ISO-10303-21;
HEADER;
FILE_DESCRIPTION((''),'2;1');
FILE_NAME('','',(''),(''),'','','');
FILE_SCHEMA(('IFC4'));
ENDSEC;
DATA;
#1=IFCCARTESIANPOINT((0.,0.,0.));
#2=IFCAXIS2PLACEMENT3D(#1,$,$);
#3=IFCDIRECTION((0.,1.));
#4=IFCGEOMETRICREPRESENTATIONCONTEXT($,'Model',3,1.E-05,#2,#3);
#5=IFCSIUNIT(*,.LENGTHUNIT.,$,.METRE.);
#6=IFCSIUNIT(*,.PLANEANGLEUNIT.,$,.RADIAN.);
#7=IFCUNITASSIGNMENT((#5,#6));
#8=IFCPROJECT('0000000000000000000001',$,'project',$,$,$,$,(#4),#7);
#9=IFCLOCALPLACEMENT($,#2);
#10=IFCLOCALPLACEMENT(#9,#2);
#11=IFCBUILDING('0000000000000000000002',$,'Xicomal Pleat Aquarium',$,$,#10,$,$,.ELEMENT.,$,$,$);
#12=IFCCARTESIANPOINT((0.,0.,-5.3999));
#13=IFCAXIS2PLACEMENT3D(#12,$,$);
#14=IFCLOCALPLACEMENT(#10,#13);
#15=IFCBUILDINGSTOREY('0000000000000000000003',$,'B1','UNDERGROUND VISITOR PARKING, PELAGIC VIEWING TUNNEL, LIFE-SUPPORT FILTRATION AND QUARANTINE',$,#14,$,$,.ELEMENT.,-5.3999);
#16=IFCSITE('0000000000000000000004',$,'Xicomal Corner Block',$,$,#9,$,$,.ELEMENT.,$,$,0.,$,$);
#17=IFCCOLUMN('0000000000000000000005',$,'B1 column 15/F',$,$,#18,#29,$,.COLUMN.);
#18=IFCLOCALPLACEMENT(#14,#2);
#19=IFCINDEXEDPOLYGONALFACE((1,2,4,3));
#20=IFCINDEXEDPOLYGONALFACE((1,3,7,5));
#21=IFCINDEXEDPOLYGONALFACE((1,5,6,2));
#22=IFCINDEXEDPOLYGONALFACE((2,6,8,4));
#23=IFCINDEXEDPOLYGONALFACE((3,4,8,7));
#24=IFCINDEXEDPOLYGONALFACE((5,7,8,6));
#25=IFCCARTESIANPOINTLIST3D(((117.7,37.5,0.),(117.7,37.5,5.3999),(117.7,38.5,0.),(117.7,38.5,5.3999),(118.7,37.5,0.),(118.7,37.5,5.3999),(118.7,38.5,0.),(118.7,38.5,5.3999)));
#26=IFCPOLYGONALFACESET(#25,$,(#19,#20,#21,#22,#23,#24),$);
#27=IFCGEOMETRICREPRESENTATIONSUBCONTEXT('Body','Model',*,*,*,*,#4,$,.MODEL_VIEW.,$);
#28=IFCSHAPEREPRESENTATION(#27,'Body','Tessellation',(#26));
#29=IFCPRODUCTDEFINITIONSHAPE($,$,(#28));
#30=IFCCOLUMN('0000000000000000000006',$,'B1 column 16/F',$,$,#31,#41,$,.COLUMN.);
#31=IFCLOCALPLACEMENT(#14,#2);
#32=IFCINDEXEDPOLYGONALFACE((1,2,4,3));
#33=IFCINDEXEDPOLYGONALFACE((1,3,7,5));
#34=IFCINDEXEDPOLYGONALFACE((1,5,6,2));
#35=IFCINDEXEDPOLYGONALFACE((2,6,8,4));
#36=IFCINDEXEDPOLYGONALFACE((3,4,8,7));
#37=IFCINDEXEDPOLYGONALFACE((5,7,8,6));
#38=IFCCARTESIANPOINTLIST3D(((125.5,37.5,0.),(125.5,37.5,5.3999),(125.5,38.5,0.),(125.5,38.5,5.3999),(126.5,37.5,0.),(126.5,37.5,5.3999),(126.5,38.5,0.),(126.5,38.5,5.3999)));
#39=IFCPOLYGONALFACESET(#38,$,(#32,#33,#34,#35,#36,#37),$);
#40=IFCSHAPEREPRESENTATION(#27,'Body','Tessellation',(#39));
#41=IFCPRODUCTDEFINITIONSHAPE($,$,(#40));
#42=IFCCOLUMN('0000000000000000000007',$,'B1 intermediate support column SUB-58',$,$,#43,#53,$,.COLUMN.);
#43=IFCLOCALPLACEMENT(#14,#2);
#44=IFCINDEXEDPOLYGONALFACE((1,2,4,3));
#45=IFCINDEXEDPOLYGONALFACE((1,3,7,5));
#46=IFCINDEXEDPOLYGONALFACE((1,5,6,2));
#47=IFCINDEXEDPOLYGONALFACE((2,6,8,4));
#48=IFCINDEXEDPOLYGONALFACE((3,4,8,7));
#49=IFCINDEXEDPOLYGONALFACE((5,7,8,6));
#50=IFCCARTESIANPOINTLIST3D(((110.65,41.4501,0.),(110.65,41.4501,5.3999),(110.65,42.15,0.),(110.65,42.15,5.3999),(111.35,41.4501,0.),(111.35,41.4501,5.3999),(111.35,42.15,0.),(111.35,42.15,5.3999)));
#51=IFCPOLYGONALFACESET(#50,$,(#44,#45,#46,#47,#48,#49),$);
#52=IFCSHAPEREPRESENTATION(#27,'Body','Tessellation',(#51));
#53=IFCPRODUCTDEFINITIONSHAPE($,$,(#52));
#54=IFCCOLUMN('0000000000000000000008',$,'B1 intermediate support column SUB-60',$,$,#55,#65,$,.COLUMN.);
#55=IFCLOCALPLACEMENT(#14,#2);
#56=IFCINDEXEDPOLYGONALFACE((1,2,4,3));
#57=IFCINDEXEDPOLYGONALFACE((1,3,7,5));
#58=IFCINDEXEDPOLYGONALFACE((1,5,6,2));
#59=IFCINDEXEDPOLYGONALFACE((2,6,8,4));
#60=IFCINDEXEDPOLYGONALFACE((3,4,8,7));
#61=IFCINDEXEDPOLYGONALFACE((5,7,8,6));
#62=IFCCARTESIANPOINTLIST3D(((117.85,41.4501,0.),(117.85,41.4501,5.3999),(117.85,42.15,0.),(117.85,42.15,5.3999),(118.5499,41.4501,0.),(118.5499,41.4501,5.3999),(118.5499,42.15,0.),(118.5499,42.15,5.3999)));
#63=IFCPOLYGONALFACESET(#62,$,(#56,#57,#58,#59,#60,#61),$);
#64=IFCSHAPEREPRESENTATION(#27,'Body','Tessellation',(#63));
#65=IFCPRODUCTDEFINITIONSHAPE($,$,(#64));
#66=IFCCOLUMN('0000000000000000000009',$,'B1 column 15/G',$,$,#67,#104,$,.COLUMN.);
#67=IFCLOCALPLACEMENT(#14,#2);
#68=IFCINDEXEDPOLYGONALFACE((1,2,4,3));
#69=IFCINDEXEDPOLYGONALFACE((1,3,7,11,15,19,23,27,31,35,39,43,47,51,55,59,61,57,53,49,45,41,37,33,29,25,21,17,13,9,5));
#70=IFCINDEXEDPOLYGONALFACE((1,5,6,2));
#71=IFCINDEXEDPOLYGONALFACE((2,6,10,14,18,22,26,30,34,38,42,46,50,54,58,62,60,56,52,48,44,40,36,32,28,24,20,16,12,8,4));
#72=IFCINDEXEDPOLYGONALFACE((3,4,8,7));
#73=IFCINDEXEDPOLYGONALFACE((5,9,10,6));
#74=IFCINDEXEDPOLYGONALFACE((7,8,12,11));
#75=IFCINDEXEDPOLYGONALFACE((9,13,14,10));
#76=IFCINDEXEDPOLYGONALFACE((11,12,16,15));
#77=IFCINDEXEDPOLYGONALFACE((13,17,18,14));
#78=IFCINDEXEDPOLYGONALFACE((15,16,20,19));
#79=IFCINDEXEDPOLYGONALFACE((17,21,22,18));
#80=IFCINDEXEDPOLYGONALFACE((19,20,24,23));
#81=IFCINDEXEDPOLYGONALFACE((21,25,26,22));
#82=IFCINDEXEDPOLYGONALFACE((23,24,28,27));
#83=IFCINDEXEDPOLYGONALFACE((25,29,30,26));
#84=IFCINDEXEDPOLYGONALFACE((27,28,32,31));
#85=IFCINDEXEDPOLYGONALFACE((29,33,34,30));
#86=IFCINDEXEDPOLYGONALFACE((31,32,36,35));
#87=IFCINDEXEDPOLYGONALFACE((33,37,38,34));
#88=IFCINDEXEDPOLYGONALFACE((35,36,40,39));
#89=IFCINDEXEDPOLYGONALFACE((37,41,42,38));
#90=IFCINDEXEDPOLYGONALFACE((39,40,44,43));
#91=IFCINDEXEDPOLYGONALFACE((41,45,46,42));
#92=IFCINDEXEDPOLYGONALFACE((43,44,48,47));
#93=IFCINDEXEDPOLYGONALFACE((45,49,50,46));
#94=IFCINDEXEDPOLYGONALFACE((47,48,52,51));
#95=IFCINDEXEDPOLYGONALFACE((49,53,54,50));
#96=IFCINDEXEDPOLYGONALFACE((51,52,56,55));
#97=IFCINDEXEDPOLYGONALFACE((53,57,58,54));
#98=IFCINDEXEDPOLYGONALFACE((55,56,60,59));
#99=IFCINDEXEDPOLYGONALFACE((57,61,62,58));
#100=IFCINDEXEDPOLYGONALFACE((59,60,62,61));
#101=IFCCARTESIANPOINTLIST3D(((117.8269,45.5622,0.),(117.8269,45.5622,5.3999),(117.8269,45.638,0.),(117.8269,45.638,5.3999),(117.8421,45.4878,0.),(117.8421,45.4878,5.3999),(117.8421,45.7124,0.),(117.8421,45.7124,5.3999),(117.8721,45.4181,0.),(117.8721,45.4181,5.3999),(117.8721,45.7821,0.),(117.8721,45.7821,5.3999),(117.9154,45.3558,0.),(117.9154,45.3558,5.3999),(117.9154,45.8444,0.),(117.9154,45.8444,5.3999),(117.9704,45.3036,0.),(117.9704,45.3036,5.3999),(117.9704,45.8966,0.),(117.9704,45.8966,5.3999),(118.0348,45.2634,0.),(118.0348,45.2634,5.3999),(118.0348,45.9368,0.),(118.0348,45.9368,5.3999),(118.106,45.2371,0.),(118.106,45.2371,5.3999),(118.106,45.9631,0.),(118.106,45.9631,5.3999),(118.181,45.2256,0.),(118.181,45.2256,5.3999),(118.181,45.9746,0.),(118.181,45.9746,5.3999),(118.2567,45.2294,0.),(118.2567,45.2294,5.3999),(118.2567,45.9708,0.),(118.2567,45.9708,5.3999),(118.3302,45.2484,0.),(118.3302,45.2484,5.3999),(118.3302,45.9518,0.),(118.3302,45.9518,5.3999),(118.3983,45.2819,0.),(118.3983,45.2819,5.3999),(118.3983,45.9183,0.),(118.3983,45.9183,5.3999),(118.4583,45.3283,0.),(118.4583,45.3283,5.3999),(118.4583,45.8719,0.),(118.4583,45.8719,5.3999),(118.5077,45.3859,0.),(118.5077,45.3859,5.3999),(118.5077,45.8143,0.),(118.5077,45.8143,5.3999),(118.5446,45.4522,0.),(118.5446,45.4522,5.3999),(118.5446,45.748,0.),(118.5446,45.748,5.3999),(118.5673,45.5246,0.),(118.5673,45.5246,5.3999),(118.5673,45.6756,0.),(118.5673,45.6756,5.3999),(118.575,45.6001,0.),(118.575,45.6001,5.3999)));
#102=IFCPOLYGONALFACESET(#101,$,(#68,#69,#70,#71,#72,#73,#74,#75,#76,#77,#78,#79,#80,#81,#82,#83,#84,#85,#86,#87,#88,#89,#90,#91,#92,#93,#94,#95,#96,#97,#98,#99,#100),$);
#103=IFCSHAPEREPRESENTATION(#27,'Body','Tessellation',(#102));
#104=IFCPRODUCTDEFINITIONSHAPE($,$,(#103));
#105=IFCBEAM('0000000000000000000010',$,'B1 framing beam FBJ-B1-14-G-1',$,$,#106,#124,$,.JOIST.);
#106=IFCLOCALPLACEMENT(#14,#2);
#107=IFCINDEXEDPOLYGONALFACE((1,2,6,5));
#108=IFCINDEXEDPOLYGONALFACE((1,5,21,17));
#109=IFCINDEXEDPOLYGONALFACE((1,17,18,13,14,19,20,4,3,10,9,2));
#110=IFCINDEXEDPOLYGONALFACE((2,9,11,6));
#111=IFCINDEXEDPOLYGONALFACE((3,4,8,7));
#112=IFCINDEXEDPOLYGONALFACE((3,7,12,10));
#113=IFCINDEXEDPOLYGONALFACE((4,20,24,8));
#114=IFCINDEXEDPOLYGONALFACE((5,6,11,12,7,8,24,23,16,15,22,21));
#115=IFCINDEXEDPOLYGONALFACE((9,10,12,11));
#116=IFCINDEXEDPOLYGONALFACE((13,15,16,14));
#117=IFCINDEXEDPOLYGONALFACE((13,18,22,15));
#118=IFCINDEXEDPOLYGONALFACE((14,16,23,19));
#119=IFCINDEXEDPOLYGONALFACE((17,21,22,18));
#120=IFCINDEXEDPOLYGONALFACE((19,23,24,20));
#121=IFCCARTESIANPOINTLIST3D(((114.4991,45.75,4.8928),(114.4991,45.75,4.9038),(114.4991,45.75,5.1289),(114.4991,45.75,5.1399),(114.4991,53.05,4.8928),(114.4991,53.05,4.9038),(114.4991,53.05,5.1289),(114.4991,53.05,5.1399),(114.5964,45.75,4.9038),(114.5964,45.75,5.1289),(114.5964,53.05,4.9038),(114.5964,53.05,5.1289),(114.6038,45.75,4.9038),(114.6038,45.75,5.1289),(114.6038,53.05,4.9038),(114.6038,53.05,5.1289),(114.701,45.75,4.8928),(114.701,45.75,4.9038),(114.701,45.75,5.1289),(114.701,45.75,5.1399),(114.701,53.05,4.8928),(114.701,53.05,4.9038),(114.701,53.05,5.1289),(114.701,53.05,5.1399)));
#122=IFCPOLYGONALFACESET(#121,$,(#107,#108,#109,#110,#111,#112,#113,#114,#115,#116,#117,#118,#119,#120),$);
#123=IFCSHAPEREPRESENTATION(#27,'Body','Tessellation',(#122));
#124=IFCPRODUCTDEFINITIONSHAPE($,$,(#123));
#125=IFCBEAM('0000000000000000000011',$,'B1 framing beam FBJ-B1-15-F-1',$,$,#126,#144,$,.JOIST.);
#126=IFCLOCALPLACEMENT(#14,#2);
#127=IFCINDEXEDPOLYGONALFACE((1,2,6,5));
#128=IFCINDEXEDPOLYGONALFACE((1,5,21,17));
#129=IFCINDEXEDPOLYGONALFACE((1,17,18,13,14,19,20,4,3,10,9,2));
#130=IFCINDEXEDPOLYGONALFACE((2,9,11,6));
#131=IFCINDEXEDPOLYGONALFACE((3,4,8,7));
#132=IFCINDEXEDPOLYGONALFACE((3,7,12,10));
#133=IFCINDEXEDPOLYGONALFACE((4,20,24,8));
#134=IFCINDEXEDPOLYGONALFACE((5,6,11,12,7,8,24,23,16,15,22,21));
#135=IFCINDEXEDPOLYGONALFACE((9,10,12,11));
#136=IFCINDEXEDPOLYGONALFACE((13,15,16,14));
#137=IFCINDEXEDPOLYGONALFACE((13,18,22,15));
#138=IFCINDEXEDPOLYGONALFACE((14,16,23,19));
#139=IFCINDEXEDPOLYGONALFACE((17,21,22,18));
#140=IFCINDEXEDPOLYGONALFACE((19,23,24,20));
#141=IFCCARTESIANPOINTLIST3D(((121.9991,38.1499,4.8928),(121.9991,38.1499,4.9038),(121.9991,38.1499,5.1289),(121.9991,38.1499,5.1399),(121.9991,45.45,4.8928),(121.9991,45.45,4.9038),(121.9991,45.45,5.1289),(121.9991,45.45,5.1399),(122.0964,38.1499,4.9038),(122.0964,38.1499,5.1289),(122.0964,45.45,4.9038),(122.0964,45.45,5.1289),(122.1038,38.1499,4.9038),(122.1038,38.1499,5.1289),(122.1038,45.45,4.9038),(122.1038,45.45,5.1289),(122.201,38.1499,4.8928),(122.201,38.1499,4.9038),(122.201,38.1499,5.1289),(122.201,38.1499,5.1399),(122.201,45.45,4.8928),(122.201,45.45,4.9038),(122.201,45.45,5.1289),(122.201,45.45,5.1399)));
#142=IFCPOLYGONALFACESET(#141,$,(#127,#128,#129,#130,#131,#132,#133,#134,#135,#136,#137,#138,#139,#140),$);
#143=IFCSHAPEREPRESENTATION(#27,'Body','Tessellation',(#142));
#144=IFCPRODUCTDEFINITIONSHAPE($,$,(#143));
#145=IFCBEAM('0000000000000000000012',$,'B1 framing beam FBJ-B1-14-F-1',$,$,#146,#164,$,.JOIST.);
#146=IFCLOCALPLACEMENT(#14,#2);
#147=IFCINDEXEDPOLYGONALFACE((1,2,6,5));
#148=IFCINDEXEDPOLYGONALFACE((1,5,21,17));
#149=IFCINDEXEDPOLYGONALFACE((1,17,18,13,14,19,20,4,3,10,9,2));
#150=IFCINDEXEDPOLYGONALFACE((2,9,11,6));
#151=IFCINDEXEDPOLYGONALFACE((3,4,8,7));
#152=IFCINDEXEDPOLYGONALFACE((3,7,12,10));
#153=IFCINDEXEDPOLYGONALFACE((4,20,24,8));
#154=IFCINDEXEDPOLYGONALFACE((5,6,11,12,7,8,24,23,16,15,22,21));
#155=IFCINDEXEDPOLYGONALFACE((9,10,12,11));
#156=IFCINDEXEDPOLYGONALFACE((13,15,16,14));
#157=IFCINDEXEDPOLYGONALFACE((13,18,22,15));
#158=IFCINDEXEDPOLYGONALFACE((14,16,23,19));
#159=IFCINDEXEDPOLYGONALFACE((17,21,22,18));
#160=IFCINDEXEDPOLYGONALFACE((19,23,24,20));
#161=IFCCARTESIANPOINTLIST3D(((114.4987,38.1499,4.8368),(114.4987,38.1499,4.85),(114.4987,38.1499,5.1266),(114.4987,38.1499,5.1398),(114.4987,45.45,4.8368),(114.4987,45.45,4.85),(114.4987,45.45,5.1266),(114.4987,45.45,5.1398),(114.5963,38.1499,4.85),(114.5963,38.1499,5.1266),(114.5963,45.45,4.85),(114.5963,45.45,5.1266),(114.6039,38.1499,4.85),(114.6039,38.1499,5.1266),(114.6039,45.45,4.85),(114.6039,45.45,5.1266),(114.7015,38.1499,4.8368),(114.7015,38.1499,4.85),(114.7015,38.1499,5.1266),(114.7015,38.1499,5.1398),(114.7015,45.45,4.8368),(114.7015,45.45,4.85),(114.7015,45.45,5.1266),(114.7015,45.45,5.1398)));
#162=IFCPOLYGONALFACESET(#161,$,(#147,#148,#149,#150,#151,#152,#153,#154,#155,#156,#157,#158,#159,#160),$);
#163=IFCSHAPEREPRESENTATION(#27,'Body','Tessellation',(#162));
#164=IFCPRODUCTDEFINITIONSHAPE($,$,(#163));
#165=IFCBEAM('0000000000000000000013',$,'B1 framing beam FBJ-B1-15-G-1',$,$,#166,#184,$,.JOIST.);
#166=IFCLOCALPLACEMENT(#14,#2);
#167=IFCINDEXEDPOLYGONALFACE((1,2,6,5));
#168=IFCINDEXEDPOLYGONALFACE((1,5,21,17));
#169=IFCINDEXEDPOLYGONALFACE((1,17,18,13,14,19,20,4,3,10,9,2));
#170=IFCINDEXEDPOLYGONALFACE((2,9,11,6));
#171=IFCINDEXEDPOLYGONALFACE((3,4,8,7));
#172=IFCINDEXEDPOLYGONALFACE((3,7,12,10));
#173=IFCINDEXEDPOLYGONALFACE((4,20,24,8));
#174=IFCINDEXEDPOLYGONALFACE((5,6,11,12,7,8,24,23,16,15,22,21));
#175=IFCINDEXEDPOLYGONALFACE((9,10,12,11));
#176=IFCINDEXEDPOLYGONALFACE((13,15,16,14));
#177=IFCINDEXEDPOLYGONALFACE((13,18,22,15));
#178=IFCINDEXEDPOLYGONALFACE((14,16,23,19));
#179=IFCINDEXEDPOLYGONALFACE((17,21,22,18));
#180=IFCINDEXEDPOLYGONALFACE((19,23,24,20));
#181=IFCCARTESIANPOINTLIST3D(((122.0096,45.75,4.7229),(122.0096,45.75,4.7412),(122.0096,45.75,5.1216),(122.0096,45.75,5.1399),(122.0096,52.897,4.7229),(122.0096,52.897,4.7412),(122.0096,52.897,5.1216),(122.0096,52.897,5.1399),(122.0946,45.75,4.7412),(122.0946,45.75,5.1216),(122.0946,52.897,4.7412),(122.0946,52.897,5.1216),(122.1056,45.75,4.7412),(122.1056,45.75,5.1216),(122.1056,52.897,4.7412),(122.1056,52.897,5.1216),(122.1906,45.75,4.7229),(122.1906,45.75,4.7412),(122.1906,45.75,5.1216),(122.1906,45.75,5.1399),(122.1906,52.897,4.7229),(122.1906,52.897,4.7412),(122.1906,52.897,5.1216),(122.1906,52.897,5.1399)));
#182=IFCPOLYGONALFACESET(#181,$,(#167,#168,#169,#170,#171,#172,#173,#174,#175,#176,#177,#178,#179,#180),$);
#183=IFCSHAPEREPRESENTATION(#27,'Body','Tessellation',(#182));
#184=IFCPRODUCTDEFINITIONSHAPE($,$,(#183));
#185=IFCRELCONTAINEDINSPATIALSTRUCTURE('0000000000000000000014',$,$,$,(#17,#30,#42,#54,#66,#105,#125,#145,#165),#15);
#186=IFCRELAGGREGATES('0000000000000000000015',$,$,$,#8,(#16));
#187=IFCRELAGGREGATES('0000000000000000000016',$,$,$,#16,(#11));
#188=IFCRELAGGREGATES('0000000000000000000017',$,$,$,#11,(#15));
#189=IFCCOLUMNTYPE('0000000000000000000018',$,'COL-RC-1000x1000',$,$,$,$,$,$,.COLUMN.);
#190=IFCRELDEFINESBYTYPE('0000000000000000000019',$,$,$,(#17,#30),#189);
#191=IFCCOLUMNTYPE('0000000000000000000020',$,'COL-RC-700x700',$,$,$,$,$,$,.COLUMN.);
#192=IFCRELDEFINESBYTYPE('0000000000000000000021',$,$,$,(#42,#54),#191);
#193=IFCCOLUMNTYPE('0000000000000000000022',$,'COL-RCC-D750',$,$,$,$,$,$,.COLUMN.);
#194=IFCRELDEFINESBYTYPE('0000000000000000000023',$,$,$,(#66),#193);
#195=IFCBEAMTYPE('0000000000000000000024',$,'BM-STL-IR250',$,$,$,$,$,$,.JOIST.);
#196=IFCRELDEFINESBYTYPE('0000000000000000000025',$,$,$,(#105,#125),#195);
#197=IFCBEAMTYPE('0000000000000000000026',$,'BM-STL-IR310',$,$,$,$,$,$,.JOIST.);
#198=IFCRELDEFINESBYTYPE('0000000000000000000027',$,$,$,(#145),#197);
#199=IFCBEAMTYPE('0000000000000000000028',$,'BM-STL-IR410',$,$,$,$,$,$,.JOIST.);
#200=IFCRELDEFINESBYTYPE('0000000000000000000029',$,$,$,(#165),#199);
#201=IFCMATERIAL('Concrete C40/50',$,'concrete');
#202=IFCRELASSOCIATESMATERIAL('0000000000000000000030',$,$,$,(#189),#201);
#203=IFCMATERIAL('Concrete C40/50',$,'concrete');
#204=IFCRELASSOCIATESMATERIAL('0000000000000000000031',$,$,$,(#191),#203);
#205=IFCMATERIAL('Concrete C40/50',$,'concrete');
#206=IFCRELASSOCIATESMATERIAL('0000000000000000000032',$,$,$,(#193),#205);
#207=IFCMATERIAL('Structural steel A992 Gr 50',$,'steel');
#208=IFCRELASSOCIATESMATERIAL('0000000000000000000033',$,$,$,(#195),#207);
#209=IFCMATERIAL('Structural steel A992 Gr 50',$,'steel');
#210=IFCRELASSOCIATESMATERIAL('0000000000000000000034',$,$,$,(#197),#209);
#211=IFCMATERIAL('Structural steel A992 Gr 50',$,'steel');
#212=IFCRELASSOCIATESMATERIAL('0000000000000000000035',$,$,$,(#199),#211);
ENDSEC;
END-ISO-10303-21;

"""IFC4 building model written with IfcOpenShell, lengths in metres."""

from ifc_helpers import new_model, si_unit, direction, frame, origin, origin_2d, place, context, subcontext, project, spatial, rectangle, circle, i_section, extrude, material, material_profile, profile_set, type_object, element, save


model = new_model("IFC4")

# Units and contexts
model_context = context("Model", 3, precision=1e-05, world=origin(), true_north=direction((0.0, 1.0)))
body_context = subcontext(model_context, "Body", "Model", "MODEL_VIEW")
ifc_project = project(units=[si_unit("LENGTHUNIT", "METRE"), si_unit("PLANEANGLEUNIT", "RADIAN")], contexts=[model_context])

# Site, building, storey
site_placement = place(None, origin())
site = spatial("IfcSite", under=ifc_project, at=site_placement, Name="Xicomal Corner Block", CompositionType="ELEMENT", RefElevation=0.0)
building_placement = place(site_placement, origin())
building = spatial("IfcBuilding", under=site, at=building_placement, Name="Xicomal Pleat Aquarium", CompositionType="ELEMENT")
storey_placement = place(building_placement, frame((0.0, 0.0, -5.3999)))
storey = spatial("IfcBuildingStorey", under=building, at=storey_placement, Name="B1", Description="UNDERGROUND VISITOR PARKING, PELAGIC VIEWING TUNNEL, LIFE-SUPPORT FILTRATION AND QUARANTINE", CompositionType="ELEMENT", Elevation=-5.3999)

# Columns
ifc_material_1 = material(Name="Concrete C40/50", Category="concrete")
ifc_material_profile_1 = material_profile(ifc_material_1, rectangle(XDim=1.0, YDim=1.0, at=origin_2d()), Name="RC 1000x1000")
ifc_profile_set_1 = profile_set([ifc_material_profile_1], Name="Concrete C40/50")
column_type_1 = type_object("IfcColumnType", Name="COL-RC-1000x1000", PredefinedType="COLUMN", material=ifc_profile_set_1)
for number, where, z_axis, x_axis, name in (
    (1, (118.2, 38.0, 0.0), (0.0, 0.0, 1.0), (1.0, 0.0, 0.0), "B1 column 15/F"),
    (2, (126.0, 38.0, 0.0), (0.0, 0.0, 1.0), (1.0, 0.0, 0.0), "B1 column 16/F"),
):
    element("IfcColumn", number, at=place(storey_placement, frame(where, z_axis=z_axis, x_axis=x_axis)), inside=storey, type_object=column_type_1, Name=name, PredefinedType="COLUMN", context=body_context, shape_type="SweptSolid", body=[
        extrude(rectangle(XDim=1.0, YDim=1.0, at=origin_2d()), origin(), (0.0, 0.0, 1.0), 5.3999),
    ])
ifc_material_2 = material(Name="Concrete C40/50", Category="concrete")
ifc_material_profile_2 = material_profile(ifc_material_2, rectangle(XDim=0.7, YDim=0.7, at=origin_2d()), Name="RC 700x700")
ifc_profile_set_2 = profile_set([ifc_material_profile_2], Name="Concrete C40/50")
column_type_2 = type_object("IfcColumnType", Name="COL-RC-700x700", PredefinedType="COLUMN", material=ifc_profile_set_2)
for number, where, z_axis, x_axis, name in (
    (3, (111.0, 41.8, 0.0), (0.0, 0.0, 1.0), (1.0, 0.0, 0.0), "B1 intermediate support column SUB-58"),
    (4, (118.2, 41.8, 0.0), (0.0, 0.0, 1.0), (1.0, 0.0, 0.0), "B1 intermediate support column SUB-60"),
):
    element("IfcColumn", number, at=place(storey_placement, frame(where, z_axis=z_axis, x_axis=x_axis)), inside=storey, type_object=column_type_2, Name=name, PredefinedType="COLUMN", context=body_context, shape_type="SweptSolid", body=[
        extrude(rectangle(XDim=0.7, YDim=0.7, at=origin_2d()), origin(), (0.0, 0.0, 1.0), 5.3999),
    ])
ifc_material_3 = material(Name="Concrete C40/50", Category="concrete")
ifc_material_profile_3 = material_profile(ifc_material_3, circle(Radius=0.375, at=origin_2d()), Name="RCC D750")
ifc_profile_set_3 = profile_set([ifc_material_profile_3], Name="Concrete C40/50")
column_type_3 = type_object("IfcColumnType", Name="COL-RCC-D750", PredefinedType="COLUMN", material=ifc_profile_set_3)
column_placement = place(storey_placement, frame((118.2, 45.6001, 0.0), z_axis=(0.0, 0.0, 1.0), x_axis=(1.0, 0.0, 0.0)))
element("IfcColumn", 5, at=column_placement, inside=storey, type_object=column_type_3, Name="B1 column 15/G", PredefinedType="COLUMN", context=body_context, shape_type="SweptSolid", body=[
    extrude(circle(Radius=0.375, at=origin_2d()), origin(), (0.0, 0.0, 1.0), 5.3999),
])

# Beams
ifc_material_4 = material(Name="Structural steel A992 Gr 50", Category="steel")
ifc_material_profile_4 = material_profile(ifc_material_4, i_section(OverallWidth=0.2019, OverallDepth=0.2471, WebThickness=0.0073, FlangeThickness=0.011, at=origin_2d()), Name="IR 250x49")
ifc_profile_set_4 = profile_set([ifc_material_profile_4], Name="Structural steel A992 Gr 50")
beam_type_1 = type_object("IfcBeamType", Name="BM-STL-IR250", PredefinedType="JOIST", material=ifc_profile_set_4)
for number, where, z_axis, x_axis, name in (
    (6, (114.6001, 45.75, 5.0164), (0.0, 1.0, 0.0), (-1.0, 0.0, 0.0), "B1 framing beam FBJ-B1-14-G-1"),
    (7, (122.1001, 38.1499, 5.0164), (0.0, 1.0, 0.0), (-1.0, 0.0, 0.0), "B1 framing beam FBJ-B1-15-F-1"),
):
    element("IfcBeam", number, at=place(storey_placement, frame(where, z_axis=z_axis, x_axis=x_axis)), inside=storey, type_object=beam_type_1, Name=name, PredefinedType="JOIST", context=body_context, shape_type="SweptSolid", body=[
        extrude(i_section(OverallWidth=0.2019, OverallDepth=0.2471, WebThickness=0.0073, FlangeThickness=0.011, at=origin_2d()), origin(), (0.0, 0.0, 1.0), 7.3),
    ])
ifc_material_5 = material(Name="Structural steel A992 Gr 50", Category="steel")
ifc_material_profile_5 = material_profile(ifc_material_5, i_section(OverallWidth=0.2029, OverallDepth=0.303, WebThickness=0.0076, FlangeThickness=0.0132, at=origin_2d()), Name="IR 310x60")
ifc_profile_set_5 = profile_set([ifc_material_profile_5], Name="Structural steel A992 Gr 50")
beam_type_2 = type_object("IfcBeamType", Name="BM-STL-IR310", PredefinedType="JOIST", material=ifc_profile_set_5)
beam_1_placement = place(storey_placement, frame((114.6001, 38.1499, 4.9883), z_axis=(0.0, 1.0, 0.0), x_axis=(-1.0, 0.0, 0.0)))
element("IfcBeam", 8, at=beam_1_placement, inside=storey, type_object=beam_type_2, Name="B1 framing beam FBJ-B1-14-F-1", PredefinedType="JOIST", context=body_context, shape_type="SweptSolid", body=[
    extrude(i_section(OverallWidth=0.2029, OverallDepth=0.303, WebThickness=0.0076, FlangeThickness=0.0132, at=origin_2d()), origin(), (0.0, 0.0, 1.0), 7.3),
])
ifc_material_6 = material(Name="Structural steel A992 Gr 50", Category="steel")
ifc_material_profile_6 = material_profile(ifc_material_6, i_section(OverallWidth=0.1809, OverallDepth=0.417, WebThickness=0.011, FlangeThickness=0.0183, at=origin_2d()), Name="IR 410x85")
ifc_profile_set_6 = profile_set([ifc_material_profile_6], Name="Structural steel A992 Gr 50")
beam_type_3 = type_object("IfcBeamType", Name="BM-STL-IR410", PredefinedType="JOIST", material=ifc_profile_set_6)
beam_2_placement = place(storey_placement, frame((122.1001, 45.75, 4.9314), z_axis=(0.0, 1.0, 0.0), x_axis=(-1.0, 0.0, 0.0)))
element("IfcBeam", 9, at=beam_2_placement, inside=storey, type_object=beam_type_3, Name="B1 framing beam FBJ-B1-15-G-1", PredefinedType="JOIST", context=body_context, shape_type="SweptSolid", body=[
    extrude(i_section(OverallWidth=0.1809, OverallDepth=0.417, WebThickness=0.011, FlangeThickness=0.0183, at=origin_2d()), origin(), (0.0, 0.0, 1.0), 7.147),
])

save(model, "model.ifc")
